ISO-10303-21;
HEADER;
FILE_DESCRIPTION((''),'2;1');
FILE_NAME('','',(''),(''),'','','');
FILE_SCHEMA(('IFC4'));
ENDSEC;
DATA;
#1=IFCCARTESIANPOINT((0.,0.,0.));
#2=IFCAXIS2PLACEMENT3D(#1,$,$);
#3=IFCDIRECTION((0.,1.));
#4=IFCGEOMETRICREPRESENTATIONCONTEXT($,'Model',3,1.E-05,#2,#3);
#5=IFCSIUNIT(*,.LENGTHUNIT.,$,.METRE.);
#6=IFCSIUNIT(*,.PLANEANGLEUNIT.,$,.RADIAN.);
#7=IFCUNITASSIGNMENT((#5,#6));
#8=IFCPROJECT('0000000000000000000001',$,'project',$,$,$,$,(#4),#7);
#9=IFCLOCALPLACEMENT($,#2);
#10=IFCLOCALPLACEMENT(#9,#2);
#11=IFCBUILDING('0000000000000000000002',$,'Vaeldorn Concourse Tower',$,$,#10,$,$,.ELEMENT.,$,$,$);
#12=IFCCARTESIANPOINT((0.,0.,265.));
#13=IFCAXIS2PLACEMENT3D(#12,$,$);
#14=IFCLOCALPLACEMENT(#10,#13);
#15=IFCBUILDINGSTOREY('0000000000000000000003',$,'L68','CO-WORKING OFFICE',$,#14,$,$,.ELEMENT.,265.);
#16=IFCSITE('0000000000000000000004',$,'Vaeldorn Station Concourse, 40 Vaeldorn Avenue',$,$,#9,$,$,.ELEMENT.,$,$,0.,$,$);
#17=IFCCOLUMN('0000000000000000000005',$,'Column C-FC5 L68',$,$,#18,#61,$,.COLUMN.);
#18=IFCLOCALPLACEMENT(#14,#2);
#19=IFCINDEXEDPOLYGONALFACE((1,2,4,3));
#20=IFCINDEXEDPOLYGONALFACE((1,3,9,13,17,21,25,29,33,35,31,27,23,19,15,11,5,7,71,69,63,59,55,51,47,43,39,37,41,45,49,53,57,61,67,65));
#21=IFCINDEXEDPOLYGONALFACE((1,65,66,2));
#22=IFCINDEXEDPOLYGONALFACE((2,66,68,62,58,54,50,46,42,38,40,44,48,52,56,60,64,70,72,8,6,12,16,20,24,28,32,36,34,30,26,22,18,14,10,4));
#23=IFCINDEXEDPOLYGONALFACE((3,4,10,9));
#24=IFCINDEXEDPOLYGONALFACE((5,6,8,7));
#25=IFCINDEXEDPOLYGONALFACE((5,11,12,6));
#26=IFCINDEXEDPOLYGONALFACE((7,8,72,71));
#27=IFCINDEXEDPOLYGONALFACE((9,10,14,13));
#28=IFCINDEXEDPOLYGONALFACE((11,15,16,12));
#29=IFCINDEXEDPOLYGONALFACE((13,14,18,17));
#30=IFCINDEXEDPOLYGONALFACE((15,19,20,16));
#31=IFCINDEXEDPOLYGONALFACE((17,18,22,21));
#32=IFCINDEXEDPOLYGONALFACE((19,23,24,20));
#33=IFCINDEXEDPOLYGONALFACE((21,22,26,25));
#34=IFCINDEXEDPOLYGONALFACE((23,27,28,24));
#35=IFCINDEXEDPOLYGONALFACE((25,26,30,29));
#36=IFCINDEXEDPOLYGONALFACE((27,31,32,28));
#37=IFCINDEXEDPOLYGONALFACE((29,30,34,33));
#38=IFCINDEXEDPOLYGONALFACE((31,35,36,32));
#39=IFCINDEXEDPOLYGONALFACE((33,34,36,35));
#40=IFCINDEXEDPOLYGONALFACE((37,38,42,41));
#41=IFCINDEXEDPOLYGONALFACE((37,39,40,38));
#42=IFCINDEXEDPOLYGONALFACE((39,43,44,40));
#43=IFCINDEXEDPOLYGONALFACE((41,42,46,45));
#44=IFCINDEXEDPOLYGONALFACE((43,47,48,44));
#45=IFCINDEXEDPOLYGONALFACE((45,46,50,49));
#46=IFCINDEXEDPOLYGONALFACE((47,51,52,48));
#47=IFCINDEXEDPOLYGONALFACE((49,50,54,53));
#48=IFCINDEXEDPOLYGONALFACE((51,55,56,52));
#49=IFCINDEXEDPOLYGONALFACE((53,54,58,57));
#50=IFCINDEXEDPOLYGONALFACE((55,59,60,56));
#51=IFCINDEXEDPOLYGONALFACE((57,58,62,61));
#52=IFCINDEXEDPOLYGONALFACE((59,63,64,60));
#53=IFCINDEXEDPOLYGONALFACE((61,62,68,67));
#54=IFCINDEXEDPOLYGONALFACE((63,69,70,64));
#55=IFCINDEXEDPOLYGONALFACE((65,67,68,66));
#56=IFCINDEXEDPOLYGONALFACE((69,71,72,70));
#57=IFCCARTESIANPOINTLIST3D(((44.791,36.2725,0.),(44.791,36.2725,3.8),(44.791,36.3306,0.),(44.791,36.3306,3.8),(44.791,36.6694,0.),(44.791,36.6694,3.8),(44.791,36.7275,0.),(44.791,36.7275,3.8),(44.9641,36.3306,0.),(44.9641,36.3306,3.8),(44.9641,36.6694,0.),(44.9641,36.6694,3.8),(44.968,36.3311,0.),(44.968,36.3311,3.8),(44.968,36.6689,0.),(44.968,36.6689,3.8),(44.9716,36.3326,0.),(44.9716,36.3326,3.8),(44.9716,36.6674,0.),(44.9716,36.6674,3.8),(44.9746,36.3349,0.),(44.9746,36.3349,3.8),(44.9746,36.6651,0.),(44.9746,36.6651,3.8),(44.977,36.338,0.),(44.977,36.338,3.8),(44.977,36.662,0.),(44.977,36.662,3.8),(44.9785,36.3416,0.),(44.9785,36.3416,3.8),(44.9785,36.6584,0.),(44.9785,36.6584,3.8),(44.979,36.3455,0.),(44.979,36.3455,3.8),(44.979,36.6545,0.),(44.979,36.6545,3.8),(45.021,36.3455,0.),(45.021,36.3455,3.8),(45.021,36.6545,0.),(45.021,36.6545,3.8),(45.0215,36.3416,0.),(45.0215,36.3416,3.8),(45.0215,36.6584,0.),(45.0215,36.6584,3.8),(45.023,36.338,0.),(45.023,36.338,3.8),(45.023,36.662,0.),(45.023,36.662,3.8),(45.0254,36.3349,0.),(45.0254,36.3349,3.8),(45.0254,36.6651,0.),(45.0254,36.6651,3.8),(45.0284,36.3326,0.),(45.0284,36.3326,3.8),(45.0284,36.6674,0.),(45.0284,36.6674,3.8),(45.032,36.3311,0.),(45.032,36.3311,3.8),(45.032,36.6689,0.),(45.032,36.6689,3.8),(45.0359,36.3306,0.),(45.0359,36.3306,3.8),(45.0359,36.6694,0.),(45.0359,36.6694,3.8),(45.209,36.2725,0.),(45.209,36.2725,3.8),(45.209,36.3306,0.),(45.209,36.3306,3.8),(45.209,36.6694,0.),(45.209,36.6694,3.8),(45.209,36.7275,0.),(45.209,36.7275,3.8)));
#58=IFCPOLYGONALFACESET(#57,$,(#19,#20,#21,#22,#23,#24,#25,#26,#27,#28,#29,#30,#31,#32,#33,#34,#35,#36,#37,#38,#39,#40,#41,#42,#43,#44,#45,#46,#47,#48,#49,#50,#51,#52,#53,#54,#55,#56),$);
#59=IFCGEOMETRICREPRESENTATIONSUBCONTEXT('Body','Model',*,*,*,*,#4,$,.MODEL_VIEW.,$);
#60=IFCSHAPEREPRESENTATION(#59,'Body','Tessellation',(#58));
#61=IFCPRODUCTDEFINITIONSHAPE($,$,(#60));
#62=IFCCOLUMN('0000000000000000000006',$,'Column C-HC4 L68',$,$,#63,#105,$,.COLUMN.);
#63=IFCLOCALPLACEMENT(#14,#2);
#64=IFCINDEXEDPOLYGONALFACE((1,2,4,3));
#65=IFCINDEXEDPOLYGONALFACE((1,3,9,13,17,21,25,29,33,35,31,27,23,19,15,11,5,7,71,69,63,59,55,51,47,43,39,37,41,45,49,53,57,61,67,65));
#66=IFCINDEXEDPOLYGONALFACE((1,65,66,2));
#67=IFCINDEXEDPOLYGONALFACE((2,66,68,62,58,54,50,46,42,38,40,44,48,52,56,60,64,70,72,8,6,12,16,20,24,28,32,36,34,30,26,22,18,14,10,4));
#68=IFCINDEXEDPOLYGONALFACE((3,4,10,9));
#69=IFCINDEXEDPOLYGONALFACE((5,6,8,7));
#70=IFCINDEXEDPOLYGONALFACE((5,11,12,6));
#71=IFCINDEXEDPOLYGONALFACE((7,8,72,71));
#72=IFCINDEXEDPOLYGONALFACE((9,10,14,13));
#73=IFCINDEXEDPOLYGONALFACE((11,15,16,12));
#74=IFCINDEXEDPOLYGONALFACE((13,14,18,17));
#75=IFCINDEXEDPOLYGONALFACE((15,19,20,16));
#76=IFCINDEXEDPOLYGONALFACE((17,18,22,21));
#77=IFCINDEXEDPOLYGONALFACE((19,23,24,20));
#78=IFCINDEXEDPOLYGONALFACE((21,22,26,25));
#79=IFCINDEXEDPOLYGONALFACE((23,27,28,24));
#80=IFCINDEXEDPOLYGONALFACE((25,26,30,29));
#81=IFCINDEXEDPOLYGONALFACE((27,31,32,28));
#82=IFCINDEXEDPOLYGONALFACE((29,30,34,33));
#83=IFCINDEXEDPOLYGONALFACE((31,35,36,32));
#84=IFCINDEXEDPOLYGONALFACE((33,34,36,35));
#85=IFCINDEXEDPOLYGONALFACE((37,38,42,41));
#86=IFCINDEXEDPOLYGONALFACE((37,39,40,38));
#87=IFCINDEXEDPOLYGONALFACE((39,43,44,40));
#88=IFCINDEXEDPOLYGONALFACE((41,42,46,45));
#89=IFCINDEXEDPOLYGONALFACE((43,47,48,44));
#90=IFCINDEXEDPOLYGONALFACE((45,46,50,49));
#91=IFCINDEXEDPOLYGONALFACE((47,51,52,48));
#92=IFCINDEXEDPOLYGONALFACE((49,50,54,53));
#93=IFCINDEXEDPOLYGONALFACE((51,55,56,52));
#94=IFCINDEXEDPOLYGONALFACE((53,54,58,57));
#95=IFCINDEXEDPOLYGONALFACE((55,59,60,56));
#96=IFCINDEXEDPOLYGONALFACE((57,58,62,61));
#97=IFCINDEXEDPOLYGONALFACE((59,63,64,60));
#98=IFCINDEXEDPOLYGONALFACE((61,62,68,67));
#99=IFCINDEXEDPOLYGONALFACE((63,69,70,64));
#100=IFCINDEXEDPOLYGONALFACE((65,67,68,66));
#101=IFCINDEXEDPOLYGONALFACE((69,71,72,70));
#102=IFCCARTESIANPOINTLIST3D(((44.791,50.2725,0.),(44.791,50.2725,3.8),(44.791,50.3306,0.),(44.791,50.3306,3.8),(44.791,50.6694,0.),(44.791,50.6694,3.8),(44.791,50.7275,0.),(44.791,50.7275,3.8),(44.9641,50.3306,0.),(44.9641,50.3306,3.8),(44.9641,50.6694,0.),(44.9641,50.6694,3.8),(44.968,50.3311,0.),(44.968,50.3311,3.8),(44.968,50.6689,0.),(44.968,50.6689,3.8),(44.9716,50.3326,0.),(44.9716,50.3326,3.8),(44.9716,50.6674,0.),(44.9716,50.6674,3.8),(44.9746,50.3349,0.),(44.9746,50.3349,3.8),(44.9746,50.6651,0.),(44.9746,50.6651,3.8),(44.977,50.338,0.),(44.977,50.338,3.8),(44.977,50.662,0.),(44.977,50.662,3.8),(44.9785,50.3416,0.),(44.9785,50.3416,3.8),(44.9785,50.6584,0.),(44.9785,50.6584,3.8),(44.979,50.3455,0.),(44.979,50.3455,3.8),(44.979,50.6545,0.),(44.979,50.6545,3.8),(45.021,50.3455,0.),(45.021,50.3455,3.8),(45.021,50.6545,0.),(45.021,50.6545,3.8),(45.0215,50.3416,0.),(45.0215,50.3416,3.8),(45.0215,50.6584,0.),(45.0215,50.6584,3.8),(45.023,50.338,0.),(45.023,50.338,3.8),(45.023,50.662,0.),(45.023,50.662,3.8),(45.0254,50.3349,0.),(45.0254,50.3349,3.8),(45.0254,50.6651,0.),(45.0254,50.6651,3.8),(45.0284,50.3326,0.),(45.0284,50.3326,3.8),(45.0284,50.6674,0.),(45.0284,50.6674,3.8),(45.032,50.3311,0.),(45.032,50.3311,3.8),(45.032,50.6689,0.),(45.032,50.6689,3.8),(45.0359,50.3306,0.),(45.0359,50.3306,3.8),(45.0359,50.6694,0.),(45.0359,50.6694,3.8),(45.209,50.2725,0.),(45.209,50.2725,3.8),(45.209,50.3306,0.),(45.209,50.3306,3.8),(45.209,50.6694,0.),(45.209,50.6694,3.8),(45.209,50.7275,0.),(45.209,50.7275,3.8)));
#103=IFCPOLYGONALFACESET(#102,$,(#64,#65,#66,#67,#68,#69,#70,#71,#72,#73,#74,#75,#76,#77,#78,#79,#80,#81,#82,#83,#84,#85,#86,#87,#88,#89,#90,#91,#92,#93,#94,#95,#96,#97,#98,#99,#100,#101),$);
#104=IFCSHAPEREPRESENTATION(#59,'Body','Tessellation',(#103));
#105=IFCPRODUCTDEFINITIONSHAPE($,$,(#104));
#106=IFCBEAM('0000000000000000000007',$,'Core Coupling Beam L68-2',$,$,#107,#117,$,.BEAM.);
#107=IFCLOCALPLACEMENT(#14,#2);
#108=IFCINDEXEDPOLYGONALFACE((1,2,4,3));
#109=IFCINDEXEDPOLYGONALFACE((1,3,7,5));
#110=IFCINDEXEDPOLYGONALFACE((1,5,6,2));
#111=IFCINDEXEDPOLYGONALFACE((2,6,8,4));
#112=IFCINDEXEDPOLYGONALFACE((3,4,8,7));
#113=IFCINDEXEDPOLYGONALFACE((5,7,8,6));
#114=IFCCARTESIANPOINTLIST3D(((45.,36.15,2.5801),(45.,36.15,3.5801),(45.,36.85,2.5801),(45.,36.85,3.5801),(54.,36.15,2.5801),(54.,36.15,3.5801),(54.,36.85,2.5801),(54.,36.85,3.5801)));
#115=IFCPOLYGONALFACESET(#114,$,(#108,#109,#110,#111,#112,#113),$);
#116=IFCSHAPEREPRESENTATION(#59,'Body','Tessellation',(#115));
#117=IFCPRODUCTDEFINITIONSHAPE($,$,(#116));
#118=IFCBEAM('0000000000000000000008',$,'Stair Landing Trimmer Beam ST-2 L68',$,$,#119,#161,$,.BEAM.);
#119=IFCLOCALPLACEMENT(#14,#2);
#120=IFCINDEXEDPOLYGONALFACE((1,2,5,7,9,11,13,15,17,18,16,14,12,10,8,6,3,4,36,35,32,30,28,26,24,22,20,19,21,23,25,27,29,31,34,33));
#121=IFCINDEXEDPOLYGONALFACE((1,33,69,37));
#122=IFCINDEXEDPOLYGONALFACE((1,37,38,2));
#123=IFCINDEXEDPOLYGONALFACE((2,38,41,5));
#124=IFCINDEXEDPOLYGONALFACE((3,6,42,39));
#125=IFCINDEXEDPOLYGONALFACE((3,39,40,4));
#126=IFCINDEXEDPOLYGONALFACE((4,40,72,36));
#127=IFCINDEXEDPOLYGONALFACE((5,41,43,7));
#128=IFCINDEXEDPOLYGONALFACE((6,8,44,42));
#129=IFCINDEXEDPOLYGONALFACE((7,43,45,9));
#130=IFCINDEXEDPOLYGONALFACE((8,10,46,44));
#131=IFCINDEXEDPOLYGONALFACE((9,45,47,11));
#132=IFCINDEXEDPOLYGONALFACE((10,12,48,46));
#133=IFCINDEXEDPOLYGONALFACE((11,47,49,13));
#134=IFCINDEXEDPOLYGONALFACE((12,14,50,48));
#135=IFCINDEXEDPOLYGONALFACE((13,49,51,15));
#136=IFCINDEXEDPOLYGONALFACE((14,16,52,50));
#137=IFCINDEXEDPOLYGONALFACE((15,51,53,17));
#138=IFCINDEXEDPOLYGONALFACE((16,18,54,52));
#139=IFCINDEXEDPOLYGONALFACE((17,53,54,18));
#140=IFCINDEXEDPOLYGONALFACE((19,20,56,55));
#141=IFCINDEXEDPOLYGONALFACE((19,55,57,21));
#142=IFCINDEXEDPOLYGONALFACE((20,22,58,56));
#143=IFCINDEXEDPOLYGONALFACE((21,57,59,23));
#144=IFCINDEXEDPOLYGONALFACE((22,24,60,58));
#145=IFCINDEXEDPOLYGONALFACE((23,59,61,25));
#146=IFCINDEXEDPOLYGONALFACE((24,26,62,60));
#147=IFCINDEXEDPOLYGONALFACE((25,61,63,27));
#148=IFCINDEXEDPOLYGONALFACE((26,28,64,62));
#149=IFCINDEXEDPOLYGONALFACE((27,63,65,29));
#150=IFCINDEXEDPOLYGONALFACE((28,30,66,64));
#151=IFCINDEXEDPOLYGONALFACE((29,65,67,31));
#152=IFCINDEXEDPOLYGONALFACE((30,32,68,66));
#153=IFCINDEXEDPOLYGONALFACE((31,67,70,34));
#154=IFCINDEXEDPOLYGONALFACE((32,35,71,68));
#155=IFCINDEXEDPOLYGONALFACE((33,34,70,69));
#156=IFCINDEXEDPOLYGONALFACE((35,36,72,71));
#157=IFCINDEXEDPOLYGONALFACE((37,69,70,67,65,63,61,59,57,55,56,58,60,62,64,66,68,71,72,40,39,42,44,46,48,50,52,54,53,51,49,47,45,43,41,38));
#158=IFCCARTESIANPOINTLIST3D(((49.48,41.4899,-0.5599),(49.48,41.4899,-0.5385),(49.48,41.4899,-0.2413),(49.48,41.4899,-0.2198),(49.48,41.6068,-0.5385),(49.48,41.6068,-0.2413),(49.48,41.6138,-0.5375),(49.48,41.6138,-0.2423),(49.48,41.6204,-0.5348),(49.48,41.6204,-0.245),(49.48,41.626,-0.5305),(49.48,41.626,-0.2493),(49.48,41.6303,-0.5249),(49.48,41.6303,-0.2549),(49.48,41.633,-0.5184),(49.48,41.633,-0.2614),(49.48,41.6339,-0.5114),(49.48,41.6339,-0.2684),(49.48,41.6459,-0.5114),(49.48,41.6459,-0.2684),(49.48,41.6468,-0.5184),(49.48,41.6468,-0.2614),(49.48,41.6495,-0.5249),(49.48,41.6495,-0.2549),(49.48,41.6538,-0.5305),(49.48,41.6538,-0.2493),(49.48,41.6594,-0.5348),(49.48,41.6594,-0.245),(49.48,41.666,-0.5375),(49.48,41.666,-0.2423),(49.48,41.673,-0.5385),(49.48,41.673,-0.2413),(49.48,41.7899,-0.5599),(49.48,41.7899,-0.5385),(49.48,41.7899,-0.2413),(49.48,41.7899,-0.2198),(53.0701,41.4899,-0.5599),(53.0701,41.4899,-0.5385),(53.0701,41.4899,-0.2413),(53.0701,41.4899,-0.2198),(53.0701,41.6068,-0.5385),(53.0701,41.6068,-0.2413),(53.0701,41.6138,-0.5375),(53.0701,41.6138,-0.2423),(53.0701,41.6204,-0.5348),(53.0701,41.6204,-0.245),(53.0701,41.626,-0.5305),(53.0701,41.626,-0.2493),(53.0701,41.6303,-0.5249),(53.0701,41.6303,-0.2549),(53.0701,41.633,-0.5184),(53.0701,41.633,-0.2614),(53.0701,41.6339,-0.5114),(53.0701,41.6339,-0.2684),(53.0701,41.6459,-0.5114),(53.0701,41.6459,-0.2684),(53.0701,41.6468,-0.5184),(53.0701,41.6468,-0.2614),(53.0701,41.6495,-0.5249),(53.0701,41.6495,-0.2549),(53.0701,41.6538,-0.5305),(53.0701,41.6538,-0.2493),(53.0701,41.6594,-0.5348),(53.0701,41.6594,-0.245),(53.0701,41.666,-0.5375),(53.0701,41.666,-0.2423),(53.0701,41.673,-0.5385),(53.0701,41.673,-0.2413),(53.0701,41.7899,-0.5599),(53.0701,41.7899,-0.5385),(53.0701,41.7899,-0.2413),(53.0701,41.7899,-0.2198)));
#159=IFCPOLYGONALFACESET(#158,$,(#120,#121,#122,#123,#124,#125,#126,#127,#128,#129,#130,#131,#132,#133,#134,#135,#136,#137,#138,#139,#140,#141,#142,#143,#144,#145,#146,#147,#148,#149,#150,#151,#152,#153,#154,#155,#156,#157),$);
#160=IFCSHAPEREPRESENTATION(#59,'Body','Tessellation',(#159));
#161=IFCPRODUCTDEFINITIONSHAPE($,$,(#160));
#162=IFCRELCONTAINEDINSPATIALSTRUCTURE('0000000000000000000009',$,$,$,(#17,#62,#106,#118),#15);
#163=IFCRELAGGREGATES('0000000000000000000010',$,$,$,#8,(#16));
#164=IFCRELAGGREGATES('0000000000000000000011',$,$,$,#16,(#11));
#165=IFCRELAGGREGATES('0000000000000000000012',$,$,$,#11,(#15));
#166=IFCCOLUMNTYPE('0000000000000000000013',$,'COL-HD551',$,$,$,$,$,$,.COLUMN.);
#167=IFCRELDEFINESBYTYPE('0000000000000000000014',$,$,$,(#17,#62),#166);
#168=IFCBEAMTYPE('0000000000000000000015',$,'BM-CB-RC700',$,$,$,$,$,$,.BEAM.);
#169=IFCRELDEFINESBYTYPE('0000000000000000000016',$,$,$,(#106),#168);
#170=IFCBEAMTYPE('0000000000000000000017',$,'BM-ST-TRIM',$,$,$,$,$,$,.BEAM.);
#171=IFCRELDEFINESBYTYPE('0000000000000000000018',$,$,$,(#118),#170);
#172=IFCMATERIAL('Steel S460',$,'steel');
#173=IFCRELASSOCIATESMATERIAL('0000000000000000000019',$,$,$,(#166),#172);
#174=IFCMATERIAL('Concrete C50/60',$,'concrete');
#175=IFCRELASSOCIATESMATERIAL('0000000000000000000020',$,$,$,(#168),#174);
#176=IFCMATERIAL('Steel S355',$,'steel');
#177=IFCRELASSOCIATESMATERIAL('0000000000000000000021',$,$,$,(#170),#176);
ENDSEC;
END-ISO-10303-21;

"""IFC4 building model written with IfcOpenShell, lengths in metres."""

from ifc_helpers import new_model, si_unit, direction, frame, origin, origin_2d, place, context, subcontext, project, spatial, rectangle, i_section, extrude, source, transform, mapped, material, material_profile, profile_set, type_object, element, save


model = new_model("IFC4")

# Units and contexts
model_context = context("Model", 3, precision=1e-05, world=origin(), true_north=direction((0.0, 1.0)))
body_context = subcontext(model_context, "Body", "Model", "MODEL_VIEW")
ifc_project = project(units=[si_unit("LENGTHUNIT", "METRE"), si_unit("PLANEANGLEUNIT", "RADIAN")], contexts=[model_context])

# Site, building, storey
site_placement = place(None, origin())
site = spatial("IfcSite", under=ifc_project, at=site_placement, Name="Vaeldorn Station Concourse, 40 Vaeldorn Avenue", CompositionType="ELEMENT", RefElevation=0.0)
building_placement = place(site_placement, origin())
building = spatial("IfcBuilding", under=site, at=building_placement, Name="Vaeldorn Concourse Tower", CompositionType="ELEMENT")
storey_placement = place(building_placement, frame((0.0, 0.0, 265.0)))
storey = spatial("IfcBuildingStorey", under=building, at=storey_placement, Name="L68", Description="CO-WORKING OFFICE", CompositionType="ELEMENT", Elevation=265.0)

# Columns
ifc_material_1 = material(Name="Steel S460", Category="steel")
ifc_material_profile_1 = material_profile(ifc_material_1, i_section(OverallWidth=0.418, OverallDepth=0.4551, WebThickness=0.042, FlangeThickness=0.0581, FilletRadius=0.0149, at=origin_2d()), Name="HD 400x551")
ifc_profile_set_1 = profile_set([ifc_material_profile_1], Name="Steel S460")
column_type = type_object("IfcColumnType", Name="COL-HD551", PredefinedType="COLUMN", material=ifc_profile_set_1)
shared_shape_1 = source(origin(), body_context, "Body", "SweptSolid", [
    extrude(i_section(OverallWidth=0.418, OverallDepth=0.4551, WebThickness=0.042, FlangeThickness=0.0581, FilletRadius=0.0149, at=origin_2d()), origin(), (0.0, 0.0, 1.0), 3.8),
])
for number, where, z_axis, x_axis, name in (
    (1, (45.0, 36.5, 0.0), (0.0, 0.0, 1.0), (1.0, 0.0, 0.0), "Column C-FC5 L68"),
    (2, (45.0, 50.5, 0.0), (0.0, 0.0, 1.0), (1.0, 0.0, 0.0), "Column C-HC4 L68"),
):
    element("IfcColumn", number, at=place(storey_placement, frame(where, z_axis=z_axis, x_axis=x_axis)), inside=storey, type_object=column_type, Name=name, PredefinedType="COLUMN", context=body_context, shape_type="MappedRepresentation", body=[
        mapped(shared_shape_1, transform((0.0, 0.0, 0.0), scale=1.0)),
    ])

# Beams
ifc_material_2 = material(Name="Concrete C50/60", Category="concrete")
ifc_material_profile_2 = material_profile(ifc_material_2, rectangle(XDim=0.7, YDim=1.0, at=origin_2d()), Name="RC 700x1000")
ifc_profile_set_2 = profile_set([ifc_material_profile_2], Name="Concrete C50/60")
beam_type_1 = type_object("IfcBeamType", Name="BM-CB-RC700", PredefinedType="BEAM", material=ifc_profile_set_2)
shared_shape_2 = source(origin(), body_context, "Body", "SweptSolid", [
    extrude(rectangle(XDim=0.7, YDim=1.0, at=origin_2d()), origin(), (0.0, 0.0, 1.0), 9.0),
])
beam_1_placement = place(storey_placement, frame((45.0, 36.5, 3.0801), z_axis=(1.0, 0.0, 0.0), x_axis=(0.0, 1.0, 0.0)))
element("IfcBeam", 3, at=beam_1_placement, inside=storey, type_object=beam_type_1, Name="Core Coupling Beam L68-2", PredefinedType="BEAM", context=body_context, shape_type="MappedRepresentation", body=[
    mapped(shared_shape_2, transform((0.0, 0.0, 0.0), scale=1.0)),
])
ifc_material_3 = material(Name="Steel S355", Category="steel")
ifc_material_profile_3 = material_profile(ifc_material_3, i_section(OverallWidth=0.3, OverallDepth=0.3401, WebThickness=0.012, FlangeThickness=0.0215, FilletRadius=0.0271, at=origin_2d()), Name="HEB 340")
ifc_profile_set_3 = profile_set([ifc_material_profile_3], Name="Steel S355")
beam_type_2 = type_object("IfcBeamType", Name="BM-ST-TRIM", PredefinedType="BEAM", material=ifc_profile_set_3)
shared_shape_3 = source(origin(), body_context, "Body", "SweptSolid", [
    extrude(i_section(OverallWidth=0.3, OverallDepth=0.3401, WebThickness=0.012, FlangeThickness=0.0215, FilletRadius=0.0271, at=origin_2d()), origin(), (0.0, 0.0, 1.0), 3.5901),
])
beam_2_placement = place(storey_placement, frame((49.48, 41.6399, -0.3899), z_axis=(1.0, 0.0, 0.0), x_axis=(0.0, 1.0, 0.0)))
element("IfcBeam", 4, at=beam_2_placement, inside=storey, type_object=beam_type_2, Name="Stair Landing Trimmer Beam ST-2 L68", PredefinedType="BEAM", context=body_context, shape_type="MappedRepresentation", body=[
    mapped(shared_shape_3, transform((0.0, 0.0, 0.0), scale=1.0)),
])

save(model, "model.ifc")
